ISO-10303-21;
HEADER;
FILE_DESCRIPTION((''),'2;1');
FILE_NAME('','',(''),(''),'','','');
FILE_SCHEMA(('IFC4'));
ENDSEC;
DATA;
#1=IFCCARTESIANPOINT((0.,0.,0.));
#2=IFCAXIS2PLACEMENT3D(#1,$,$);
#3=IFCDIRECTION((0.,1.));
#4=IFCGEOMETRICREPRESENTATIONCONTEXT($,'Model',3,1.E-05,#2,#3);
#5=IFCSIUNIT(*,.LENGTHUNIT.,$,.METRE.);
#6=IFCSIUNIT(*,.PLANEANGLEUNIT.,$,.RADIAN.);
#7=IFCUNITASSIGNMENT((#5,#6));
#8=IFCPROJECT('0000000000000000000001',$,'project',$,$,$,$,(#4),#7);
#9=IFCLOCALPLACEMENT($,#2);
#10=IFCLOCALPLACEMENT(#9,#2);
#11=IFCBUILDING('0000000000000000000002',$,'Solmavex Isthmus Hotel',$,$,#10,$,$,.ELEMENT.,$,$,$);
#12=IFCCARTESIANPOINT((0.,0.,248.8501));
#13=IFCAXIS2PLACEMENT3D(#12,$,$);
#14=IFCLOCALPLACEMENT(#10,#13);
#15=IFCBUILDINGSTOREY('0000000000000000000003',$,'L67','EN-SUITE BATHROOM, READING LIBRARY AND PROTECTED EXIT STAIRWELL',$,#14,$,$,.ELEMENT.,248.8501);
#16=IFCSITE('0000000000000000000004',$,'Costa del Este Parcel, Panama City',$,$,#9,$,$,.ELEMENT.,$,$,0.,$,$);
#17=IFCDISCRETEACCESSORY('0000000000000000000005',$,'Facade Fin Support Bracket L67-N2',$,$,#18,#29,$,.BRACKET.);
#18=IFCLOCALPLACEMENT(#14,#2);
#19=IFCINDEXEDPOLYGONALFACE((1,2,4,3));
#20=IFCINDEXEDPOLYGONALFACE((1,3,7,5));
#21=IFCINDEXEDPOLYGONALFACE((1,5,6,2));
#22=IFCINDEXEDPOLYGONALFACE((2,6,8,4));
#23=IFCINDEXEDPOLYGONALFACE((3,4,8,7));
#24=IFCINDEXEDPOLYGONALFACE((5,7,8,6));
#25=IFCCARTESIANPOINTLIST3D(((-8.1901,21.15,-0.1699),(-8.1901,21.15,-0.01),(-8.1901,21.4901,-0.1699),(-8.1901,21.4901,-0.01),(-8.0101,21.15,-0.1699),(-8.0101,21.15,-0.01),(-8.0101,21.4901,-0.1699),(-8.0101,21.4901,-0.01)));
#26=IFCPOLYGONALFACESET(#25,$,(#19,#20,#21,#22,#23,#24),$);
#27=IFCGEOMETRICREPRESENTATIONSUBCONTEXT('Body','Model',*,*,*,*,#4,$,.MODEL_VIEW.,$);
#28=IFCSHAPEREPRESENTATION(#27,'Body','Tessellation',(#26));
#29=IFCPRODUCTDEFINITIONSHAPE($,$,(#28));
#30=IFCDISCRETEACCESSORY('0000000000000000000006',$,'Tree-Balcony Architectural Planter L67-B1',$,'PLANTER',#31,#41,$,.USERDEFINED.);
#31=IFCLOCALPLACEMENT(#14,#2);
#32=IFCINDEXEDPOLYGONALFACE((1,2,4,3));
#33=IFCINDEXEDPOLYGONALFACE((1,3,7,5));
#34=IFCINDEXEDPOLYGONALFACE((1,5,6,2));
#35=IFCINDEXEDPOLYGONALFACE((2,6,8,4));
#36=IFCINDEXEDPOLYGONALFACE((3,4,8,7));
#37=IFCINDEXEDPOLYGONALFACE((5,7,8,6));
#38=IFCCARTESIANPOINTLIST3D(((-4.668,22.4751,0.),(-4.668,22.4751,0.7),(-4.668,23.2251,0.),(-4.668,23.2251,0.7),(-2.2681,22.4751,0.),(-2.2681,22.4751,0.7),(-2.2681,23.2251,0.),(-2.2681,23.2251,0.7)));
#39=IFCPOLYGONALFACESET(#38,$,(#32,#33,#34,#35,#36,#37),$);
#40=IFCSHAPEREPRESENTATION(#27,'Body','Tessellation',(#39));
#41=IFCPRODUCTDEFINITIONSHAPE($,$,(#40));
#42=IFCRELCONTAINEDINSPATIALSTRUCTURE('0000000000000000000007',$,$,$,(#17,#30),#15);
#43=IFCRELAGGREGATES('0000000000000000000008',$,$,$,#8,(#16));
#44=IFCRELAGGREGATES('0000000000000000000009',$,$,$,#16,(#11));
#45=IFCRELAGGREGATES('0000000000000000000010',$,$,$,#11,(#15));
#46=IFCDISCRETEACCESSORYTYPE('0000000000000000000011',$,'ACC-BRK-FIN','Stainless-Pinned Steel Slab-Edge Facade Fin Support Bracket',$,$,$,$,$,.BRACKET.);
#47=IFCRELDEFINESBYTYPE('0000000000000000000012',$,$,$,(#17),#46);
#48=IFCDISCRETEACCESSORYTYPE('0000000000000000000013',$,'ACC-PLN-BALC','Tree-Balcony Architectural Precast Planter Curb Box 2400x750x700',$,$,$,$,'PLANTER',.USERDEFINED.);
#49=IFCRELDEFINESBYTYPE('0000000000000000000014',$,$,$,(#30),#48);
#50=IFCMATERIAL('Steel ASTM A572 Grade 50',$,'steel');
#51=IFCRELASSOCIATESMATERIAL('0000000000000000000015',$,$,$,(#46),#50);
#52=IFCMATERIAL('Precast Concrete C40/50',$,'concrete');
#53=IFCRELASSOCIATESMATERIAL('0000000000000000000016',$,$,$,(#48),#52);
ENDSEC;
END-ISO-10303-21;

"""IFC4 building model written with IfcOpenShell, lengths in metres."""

from ifc_helpers import new_model, si_unit, direction, frame, origin, origin_2d, place, context, subcontext, project, spatial, rectangle, extrude, material, type_object, element, save


model = new_model("IFC4")

# Units and contexts
model_context = context("Model", 3, precision=1e-05, world=origin(), true_north=direction((0.0, 1.0)))
body_context = subcontext(model_context, "Body", "Model", "MODEL_VIEW")
ifc_project = project(units=[si_unit("LENGTHUNIT", "METRE"), si_unit("PLANEANGLEUNIT", "RADIAN")], contexts=[model_context])

# Site, building, storey
site_placement = place(None, origin())
site = spatial("IfcSite", under=ifc_project, at=site_placement, Name="Costa del Este Parcel, Panama City", CompositionType="ELEMENT", RefElevation=0.0)
building_placement = place(site_placement, origin())
building = spatial("IfcBuilding", under=site, at=building_placement, Name="Solmavex Isthmus Hotel", CompositionType="ELEMENT")
storey_placement = place(building_placement, frame((0.0, 0.0, 248.8501)))
storey = spatial("IfcBuildingStorey", under=building, at=storey_placement, Name="L67", Description="EN-SUITE BATHROOM, READING LIBRARY AND PROTECTED EXIT STAIRWELL", CompositionType="ELEMENT", Elevation=248.8501)

# Shared definitions
ifc_material_1 = material(Name="Precast Concrete C40/50", Category="concrete")

# Discrete accessories
ifc_material_2 = material(Name="Steel ASTM A572 Grade 50", Category="steel")
discrete_accessory_type_1 = type_object("IfcDiscreteAccessoryType", Name="ACC-BRK-FIN", Description="Stainless-Pinned Steel Slab-Edge Facade Fin Support Bracket", PredefinedType="BRACKET", material=ifc_material_2)
discrete_accessory_1_placement = place(storey_placement, frame((-8.1001, 21.3201, -0.1699), z_axis=(0.0, 0.0, 1.0), x_axis=(0.0, 1.0, 0.0)))
element("IfcDiscreteAccessory", 1, at=discrete_accessory_1_placement, inside=storey, type_object=discrete_accessory_type_1, Name="Facade Fin Support Bracket L67-N2", PredefinedType="BRACKET", context=body_context, shape_type="SweptSolid", body=[
    extrude(rectangle(XDim=0.3401, YDim=0.1799, at=origin_2d()), origin(), (0.0, 0.0, 1.0), 0.1599),
])
discrete_accessory_type_2 = type_object("IfcDiscreteAccessoryType", Name="ACC-PLN-BALC", Description="Tree-Balcony Architectural Precast Planter Curb Box 2400x750x700", ElementType="PLANTER", PredefinedType="USERDEFINED", material=ifc_material_1)
discrete_accessory_2_placement = place(storey_placement, frame((-3.468, 22.8501, 0.0), z_axis=(0.0, 0.0, 1.0), x_axis=(1.0, 0.0, 0.0)))
element("IfcDiscreteAccessory", 2, at=discrete_accessory_2_placement, inside=storey, type_object=discrete_accessory_type_2, Name="Tree-Balcony Architectural Planter L67-B1", ObjectType="PLANTER", PredefinedType="USERDEFINED", context=body_context, shape_type="SweptSolid", body=[
    extrude(rectangle(XDim=2.3999, YDim=0.75, at=origin_2d()), origin(), (0.0, 0.0, 1.0), 0.7),
])

save(model, "model.ifc")
